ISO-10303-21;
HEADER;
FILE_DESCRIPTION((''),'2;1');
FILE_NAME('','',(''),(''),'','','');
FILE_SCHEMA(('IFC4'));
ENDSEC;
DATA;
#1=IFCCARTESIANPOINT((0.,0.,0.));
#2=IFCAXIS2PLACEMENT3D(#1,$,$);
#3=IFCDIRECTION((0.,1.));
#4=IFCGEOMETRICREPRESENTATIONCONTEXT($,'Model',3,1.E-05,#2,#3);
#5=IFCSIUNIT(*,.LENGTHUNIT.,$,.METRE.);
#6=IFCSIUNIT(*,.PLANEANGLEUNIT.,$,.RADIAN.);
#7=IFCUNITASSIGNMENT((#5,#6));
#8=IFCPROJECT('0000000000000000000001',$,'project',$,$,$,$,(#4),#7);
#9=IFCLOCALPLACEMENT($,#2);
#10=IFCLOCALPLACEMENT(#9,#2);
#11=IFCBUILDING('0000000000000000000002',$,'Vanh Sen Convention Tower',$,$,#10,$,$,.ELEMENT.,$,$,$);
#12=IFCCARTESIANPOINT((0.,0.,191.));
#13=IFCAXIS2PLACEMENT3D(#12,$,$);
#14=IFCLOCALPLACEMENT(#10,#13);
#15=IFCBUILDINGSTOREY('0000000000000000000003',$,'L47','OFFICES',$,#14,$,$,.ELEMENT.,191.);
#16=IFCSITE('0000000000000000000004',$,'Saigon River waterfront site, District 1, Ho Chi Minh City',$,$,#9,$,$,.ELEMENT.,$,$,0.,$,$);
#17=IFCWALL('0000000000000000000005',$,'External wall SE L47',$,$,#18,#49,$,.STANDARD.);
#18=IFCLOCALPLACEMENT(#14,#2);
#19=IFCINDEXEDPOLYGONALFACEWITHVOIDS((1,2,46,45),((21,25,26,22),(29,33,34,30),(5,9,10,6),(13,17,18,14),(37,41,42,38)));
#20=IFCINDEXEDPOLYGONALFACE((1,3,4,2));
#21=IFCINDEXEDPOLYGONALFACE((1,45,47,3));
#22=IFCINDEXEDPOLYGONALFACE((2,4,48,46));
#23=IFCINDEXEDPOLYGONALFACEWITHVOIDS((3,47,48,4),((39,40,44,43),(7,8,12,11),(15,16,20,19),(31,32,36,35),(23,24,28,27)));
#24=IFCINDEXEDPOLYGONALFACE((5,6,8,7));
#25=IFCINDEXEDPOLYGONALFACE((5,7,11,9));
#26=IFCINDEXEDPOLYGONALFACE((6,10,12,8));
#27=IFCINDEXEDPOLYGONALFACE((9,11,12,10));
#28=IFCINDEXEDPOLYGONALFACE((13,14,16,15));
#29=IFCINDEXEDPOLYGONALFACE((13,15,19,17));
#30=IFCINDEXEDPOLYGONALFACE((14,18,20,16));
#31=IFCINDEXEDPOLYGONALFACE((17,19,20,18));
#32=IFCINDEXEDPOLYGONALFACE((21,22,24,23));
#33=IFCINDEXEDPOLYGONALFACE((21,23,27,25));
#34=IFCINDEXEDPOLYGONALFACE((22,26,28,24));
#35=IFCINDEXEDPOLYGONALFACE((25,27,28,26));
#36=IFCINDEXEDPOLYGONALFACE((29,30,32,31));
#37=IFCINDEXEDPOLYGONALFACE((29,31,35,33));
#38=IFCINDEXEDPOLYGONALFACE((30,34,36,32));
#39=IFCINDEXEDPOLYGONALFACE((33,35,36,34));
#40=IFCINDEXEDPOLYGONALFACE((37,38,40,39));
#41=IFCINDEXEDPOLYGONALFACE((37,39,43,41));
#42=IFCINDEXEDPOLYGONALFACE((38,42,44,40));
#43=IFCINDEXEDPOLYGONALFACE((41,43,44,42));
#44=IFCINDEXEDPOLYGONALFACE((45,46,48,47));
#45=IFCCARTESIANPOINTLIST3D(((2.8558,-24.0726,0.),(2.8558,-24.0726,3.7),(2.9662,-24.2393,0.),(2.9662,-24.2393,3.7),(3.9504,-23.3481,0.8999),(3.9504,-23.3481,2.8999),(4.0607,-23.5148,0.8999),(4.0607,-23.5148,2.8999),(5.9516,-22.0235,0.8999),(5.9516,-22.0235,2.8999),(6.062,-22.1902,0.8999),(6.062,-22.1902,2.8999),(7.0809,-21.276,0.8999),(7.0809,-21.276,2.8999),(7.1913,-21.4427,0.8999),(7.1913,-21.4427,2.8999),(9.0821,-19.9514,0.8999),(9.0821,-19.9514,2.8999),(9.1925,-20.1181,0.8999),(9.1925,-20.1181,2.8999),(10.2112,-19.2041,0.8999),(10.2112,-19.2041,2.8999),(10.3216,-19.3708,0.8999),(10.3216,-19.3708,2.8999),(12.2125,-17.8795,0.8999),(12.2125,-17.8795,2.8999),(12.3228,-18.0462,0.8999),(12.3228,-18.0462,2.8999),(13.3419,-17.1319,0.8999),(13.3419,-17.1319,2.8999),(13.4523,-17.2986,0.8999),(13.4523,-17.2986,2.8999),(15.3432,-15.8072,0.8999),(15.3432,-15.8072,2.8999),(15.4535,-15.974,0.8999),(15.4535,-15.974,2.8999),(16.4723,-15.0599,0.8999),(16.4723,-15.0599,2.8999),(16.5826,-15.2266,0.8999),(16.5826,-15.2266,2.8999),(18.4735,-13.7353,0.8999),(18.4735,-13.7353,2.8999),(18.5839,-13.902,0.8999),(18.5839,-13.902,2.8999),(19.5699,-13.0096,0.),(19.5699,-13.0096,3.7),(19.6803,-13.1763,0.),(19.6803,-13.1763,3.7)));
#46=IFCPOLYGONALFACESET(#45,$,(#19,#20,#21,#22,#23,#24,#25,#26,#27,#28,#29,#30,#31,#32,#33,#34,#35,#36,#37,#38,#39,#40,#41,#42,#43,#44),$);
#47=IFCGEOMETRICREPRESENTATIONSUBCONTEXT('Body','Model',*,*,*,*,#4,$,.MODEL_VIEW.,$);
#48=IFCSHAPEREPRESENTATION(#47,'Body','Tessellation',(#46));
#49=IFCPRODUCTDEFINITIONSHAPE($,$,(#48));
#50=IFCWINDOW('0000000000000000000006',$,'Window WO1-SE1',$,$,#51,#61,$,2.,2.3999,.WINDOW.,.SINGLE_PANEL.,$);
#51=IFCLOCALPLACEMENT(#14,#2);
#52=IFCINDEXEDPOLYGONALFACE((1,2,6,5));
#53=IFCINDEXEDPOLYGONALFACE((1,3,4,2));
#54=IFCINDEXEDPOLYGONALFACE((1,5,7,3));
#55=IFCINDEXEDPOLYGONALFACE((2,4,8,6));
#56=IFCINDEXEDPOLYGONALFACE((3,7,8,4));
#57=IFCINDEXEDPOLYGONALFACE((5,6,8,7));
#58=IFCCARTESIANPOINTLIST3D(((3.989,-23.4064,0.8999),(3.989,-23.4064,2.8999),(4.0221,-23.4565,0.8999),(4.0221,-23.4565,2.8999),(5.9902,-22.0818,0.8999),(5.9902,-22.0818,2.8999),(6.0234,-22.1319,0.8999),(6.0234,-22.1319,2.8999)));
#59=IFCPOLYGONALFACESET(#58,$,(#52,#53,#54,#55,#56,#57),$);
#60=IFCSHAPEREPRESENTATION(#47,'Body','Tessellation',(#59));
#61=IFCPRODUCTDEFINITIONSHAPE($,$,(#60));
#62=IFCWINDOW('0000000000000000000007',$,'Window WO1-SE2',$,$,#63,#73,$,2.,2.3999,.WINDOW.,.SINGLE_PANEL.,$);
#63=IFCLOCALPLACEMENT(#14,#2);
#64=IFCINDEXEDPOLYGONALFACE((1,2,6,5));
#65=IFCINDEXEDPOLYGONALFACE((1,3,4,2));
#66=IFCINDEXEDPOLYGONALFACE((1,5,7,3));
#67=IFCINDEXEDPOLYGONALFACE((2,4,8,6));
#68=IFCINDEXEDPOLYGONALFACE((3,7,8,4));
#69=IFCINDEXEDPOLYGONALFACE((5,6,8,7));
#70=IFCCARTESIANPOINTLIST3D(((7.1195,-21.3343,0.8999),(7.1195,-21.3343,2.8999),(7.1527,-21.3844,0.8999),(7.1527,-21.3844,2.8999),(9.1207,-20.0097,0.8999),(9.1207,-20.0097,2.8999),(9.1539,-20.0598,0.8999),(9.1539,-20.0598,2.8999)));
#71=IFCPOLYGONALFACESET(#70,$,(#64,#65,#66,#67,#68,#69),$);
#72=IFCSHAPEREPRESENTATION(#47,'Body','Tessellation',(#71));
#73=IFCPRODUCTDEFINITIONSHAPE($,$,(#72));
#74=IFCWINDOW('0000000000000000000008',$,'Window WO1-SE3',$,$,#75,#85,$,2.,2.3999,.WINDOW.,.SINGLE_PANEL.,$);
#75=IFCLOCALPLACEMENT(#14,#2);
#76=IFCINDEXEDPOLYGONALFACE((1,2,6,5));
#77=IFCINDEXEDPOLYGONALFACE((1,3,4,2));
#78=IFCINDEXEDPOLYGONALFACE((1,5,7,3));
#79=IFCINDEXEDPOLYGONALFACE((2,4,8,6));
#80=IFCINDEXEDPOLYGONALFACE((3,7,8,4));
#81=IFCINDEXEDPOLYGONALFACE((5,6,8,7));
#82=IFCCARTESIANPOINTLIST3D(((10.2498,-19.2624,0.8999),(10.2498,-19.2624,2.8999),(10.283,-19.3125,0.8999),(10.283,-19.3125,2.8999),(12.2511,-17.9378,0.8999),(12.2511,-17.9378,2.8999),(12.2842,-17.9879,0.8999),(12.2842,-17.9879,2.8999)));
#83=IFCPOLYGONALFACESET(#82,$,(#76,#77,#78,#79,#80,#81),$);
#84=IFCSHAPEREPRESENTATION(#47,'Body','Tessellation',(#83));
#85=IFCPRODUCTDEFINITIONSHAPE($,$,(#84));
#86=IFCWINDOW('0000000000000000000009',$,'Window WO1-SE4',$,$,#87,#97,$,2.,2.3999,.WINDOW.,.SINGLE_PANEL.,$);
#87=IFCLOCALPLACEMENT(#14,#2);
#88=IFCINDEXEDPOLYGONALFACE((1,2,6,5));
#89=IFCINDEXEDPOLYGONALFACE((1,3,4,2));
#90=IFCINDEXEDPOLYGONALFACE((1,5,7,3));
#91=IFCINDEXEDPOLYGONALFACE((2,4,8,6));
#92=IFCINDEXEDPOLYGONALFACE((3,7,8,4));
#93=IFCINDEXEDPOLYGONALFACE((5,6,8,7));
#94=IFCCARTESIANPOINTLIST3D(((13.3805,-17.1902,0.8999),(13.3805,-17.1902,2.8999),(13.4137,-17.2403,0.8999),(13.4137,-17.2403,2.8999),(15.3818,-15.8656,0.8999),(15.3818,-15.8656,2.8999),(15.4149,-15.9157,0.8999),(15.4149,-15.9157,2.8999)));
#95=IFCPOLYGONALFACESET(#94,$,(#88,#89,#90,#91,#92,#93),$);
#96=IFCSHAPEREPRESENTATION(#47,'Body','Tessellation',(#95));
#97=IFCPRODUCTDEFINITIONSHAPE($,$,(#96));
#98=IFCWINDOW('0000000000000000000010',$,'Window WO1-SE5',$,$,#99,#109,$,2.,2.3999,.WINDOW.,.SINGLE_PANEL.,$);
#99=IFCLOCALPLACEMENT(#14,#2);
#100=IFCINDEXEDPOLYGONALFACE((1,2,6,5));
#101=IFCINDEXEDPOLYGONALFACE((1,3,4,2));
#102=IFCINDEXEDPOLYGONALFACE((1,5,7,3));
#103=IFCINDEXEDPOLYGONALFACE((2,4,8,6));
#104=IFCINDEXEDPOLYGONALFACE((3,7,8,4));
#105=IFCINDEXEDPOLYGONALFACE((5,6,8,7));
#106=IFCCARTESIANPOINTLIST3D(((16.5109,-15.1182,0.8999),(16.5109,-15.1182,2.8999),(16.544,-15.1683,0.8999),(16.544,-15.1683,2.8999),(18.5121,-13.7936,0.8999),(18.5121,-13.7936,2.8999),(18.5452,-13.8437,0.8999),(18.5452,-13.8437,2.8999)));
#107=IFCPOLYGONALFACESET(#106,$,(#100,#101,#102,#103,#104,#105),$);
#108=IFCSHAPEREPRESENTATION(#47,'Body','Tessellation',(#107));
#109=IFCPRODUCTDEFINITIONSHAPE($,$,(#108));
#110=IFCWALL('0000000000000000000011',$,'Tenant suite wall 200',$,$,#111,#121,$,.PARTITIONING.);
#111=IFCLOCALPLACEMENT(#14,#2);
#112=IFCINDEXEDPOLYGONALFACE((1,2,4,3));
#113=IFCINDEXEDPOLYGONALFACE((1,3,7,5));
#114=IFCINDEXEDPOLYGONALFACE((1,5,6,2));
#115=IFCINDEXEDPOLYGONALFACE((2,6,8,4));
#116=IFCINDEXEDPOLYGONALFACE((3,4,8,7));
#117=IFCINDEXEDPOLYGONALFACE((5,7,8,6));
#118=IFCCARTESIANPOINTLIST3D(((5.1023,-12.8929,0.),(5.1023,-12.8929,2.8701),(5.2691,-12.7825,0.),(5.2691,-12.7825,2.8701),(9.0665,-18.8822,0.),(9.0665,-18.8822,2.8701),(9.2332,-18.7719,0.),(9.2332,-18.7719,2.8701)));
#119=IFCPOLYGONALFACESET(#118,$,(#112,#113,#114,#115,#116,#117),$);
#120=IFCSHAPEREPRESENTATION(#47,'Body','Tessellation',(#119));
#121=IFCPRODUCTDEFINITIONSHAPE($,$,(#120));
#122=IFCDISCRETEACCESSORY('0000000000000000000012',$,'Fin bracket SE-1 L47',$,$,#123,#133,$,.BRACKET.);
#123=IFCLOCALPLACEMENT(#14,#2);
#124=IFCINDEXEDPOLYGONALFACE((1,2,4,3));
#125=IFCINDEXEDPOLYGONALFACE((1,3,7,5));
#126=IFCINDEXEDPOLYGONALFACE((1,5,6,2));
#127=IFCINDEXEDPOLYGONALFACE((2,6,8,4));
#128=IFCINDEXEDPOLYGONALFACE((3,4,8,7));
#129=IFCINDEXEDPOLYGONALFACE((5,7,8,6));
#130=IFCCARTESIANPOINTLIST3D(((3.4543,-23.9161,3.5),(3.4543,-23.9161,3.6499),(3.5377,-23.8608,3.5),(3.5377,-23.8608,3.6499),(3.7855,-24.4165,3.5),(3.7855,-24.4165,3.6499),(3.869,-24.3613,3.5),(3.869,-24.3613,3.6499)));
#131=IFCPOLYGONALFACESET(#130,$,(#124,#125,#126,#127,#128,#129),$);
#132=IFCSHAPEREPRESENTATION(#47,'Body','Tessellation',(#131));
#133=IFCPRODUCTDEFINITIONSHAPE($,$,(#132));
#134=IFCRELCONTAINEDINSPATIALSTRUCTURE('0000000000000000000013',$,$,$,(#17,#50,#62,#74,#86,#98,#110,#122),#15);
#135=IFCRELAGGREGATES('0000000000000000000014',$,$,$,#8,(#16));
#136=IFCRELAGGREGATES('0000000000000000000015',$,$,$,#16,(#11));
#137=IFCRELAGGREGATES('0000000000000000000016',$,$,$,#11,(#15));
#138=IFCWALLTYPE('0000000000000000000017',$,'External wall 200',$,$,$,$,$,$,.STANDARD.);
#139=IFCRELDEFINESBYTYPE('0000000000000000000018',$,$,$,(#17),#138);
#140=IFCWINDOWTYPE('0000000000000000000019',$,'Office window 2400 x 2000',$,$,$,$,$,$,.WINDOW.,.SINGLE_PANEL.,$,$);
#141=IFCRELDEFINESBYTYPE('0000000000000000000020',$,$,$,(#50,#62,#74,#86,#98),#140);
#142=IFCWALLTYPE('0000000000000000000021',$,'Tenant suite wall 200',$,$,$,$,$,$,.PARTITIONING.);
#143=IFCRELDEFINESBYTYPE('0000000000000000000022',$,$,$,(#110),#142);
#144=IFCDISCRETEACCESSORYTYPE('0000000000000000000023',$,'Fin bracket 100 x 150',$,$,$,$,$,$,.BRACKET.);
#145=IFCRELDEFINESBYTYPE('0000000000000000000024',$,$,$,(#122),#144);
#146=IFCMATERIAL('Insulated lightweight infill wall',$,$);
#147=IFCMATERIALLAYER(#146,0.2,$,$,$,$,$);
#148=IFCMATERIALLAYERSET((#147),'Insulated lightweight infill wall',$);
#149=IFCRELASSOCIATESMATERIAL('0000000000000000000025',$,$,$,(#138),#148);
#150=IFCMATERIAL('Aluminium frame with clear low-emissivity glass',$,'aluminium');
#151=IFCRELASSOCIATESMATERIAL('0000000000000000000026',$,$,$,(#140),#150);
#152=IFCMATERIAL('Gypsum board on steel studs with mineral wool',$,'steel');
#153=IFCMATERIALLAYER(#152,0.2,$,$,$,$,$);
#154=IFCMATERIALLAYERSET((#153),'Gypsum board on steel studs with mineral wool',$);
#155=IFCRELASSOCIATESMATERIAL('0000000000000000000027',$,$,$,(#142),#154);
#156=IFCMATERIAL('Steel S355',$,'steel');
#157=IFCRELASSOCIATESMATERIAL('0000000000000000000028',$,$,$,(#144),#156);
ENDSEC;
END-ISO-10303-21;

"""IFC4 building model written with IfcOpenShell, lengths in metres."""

from ifc_helpers import new_model, si_unit, direction, frame, frame_2d, origin, origin_2d, place, context, subcontext, project, spatial, rectangle, extrude, material, layer, layer_set, type_object, element, fill, save


model = new_model("IFC4")

# Units and contexts
model_context = context("Model", 3, precision=1e-05, world=origin(), true_north=direction((0.0, 1.0)))
body_context = subcontext(model_context, "Body", "Model", "MODEL_VIEW")
ifc_project = project(units=[si_unit("LENGTHUNIT", "METRE"), si_unit("PLANEANGLEUNIT", "RADIAN")], contexts=[model_context])

# Site, building, storey
site_placement = place(None, origin())
site = spatial("IfcSite", under=ifc_project, at=site_placement, Name="Saigon River waterfront site, District 1, Ho Chi Minh City", CompositionType="ELEMENT", RefElevation=0.0)
building_placement = place(site_placement, origin())
building = spatial("IfcBuilding", under=site, at=building_placement, Name="Vanh Sen Convention Tower", CompositionType="ELEMENT")
storey_placement = place(building_placement, frame((0.0, 0.0, 191.0)))
storey = spatial("IfcBuildingStorey", under=building, at=storey_placement, Name="L47", Description="OFFICES", CompositionType="ELEMENT", Elevation=191.0)

# Shared definitions
ifc_material_1 = material(Name="Gypsum board on steel studs with mineral wool", Category="steel")

# Wall, openings, windows
ifc_material_2 = material(Name="Insulated lightweight infill wall")
ifc_layer_1 = layer(ifc_material_2, 0.2)
ifc_layer_set_1 = layer_set([ifc_layer_1], Name="Insulated lightweight infill wall")
wall_type_1 = type_object("IfcWallType", Name="External wall 200", PredefinedType="STANDARD", material=ifc_layer_set_1)
wall_1_placement = place(storey_placement, frame((2.9109, -24.156, 0.0), z_axis=(0.0, 0.0, 1.0), x_axis=(0.833882, 0.551943, 0.0)))
wall_1 = element("IfcWall", 1, at=wall_1_placement, inside=storey, type_object=wall_type_1, Name="External wall SE L47", PredefinedType="STANDARD", context=body_context, shape_type="SweptSolid", body=[
    extrude(rectangle(XDim=20.0437, YDim=0.2, at=frame_2d((10.022, 0.0))), origin(), (0.0, 0.0, 1.0), 3.7),
])
opening_1_placement = place(wall_1_placement, frame((1.3127, 0.0, 0.8999)))
opening_1 = element("IfcOpeningElement", 2, at=opening_1_placement, cuts=wall_1, PredefinedType="OPENING", context=body_context, shape_type="SweptSolid", body=[
    extrude(rectangle(XDim=2.3999, YDim=2.0, at=frame_2d((1.2, 1.0))), frame((0.0, 0.1099, 0.0), z_axis=(0.0, -1.0, 0.0), x_axis=(1.0, 0.0, 0.0)), (0.0, 0.0, 1.0), 0.22),
])
opening_2_placement = place(wall_1_placement, frame((5.0669, 0.0, 0.8999)))
opening_2 = element("IfcOpeningElement", 3, at=opening_2_placement, cuts=wall_1, PredefinedType="OPENING", context=body_context, shape_type="SweptSolid", body=[
    extrude(rectangle(XDim=2.3999, YDim=2.0, at=frame_2d((1.2, 1.0))), frame((0.0, 0.1099, 0.0), z_axis=(0.0, -1.0, 0.0), x_axis=(1.0, 0.0, 0.0)), (0.0, 0.0, 1.0), 0.22),
])
opening_3_placement = place(wall_1_placement, frame((8.8208, 0.0, 0.8999)))
opening_3 = element("IfcOpeningElement", 4, at=opening_3_placement, cuts=wall_1, PredefinedType="OPENING", context=body_context, shape_type="SweptSolid", body=[
    extrude(rectangle(XDim=2.3999, YDim=2.0, at=frame_2d((1.2, 1.0))), frame((0.0, 0.1099, 0.0), z_axis=(0.0, -1.0, 0.0), x_axis=(1.0, 0.0, 0.0)), (0.0, 0.0, 1.0), 0.22),
])
opening_4_placement = place(wall_1_placement, frame((12.5752, 0.0, 0.8999)))
opening_4 = element("IfcOpeningElement", 5, at=opening_4_placement, cuts=wall_1, PredefinedType="OPENING", context=body_context, shape_type="SweptSolid", body=[
    extrude(rectangle(XDim=2.3999, YDim=2.0, at=frame_2d((1.2, 1.0))), frame((0.0, 0.1099, 0.0), z_axis=(0.0, -1.0, 0.0), x_axis=(1.0, 0.0, 0.0)), (0.0, 0.0, 1.0), 0.22),
])
opening_5_placement = place(wall_1_placement, frame((16.3291, 0.0, 0.8999)))
opening_5 = element("IfcOpeningElement", 6, at=opening_5_placement, cuts=wall_1, PredefinedType="OPENING", context=body_context, shape_type="SweptSolid", body=[
    extrude(rectangle(XDim=2.3999, YDim=2.0, at=frame_2d((1.2, 1.0))), frame((0.0, 0.1099, 0.0), z_axis=(0.0, -1.0, 0.0), x_axis=(1.0, 0.0, 0.0)), (0.0, 0.0, 1.0), 0.22),
])
ifc_material_3 = material(Name="Aluminium frame with clear low-emissivity glass", Category="aluminium")
window_type = type_object("IfcWindowType", Name="Office window 2400 x 2000", PartitioningType="SINGLE_PANEL", PredefinedType="WINDOW", material=ifc_material_3)
window_1_placement = place(opening_1_placement, origin())
window_1 = element("IfcWindow", 7, at=window_1_placement, inside=storey, type_object=window_type, Name="Window WO1-SE1", OverallHeight=2.0, OverallWidth=2.3999, PartitioningType="SINGLE_PANEL", PredefinedType="WINDOW", context=body_context, shape_type="SweptSolid", body=[
    extrude(rectangle(XDim=2.3999, YDim=2.0, at=frame_2d((1.2, 1.0))), frame((0.0, 0.03, 0.0), z_axis=(0.0, -1.0, 0.0), x_axis=(1.0, 0.0, 0.0)), (0.0, 0.0, 1.0), 0.0601),
])
fill(opening_1, window_1)
window_2_placement = place(opening_2_placement, origin())
window_2 = element("IfcWindow", 8, at=window_2_placement, inside=storey, type_object=window_type, Name="Window WO1-SE2", OverallHeight=2.0, OverallWidth=2.3999, PartitioningType="SINGLE_PANEL", PredefinedType="WINDOW", context=body_context, shape_type="SweptSolid", body=[
    extrude(rectangle(XDim=2.3999, YDim=2.0, at=frame_2d((1.2, 1.0))), frame((0.0, 0.03, 0.0), z_axis=(0.0, -1.0, 0.0), x_axis=(1.0, 0.0, 0.0)), (0.0, 0.0, 1.0), 0.0601),
])
fill(opening_2, window_2)
window_3_placement = place(opening_3_placement, origin())
window_3 = element("IfcWindow", 9, at=window_3_placement, inside=storey, type_object=window_type, Name="Window WO1-SE3", OverallHeight=2.0, OverallWidth=2.3999, PartitioningType="SINGLE_PANEL", PredefinedType="WINDOW", context=body_context, shape_type="SweptSolid", body=[
    extrude(rectangle(XDim=2.3999, YDim=2.0, at=frame_2d((1.2, 1.0))), frame((0.0, 0.03, 0.0), z_axis=(0.0, -1.0, 0.0), x_axis=(1.0, 0.0, 0.0)), (0.0, 0.0, 1.0), 0.0601),
])
fill(opening_3, window_3)
window_4_placement = place(opening_4_placement, origin())
window_4 = element("IfcWindow", 10, at=window_4_placement, inside=storey, type_object=window_type, Name="Window WO1-SE4", OverallHeight=2.0, OverallWidth=2.3999, PartitioningType="SINGLE_PANEL", PredefinedType="WINDOW", context=body_context, shape_type="SweptSolid", body=[
    extrude(rectangle(XDim=2.3999, YDim=2.0, at=frame_2d((1.2, 1.0))), frame((0.0, 0.03, 0.0), z_axis=(0.0, -1.0, 0.0), x_axis=(1.0, 0.0, 0.0)), (0.0, 0.0, 1.0), 0.0601),
])
fill(opening_4, window_4)
window_5_placement = place(opening_5_placement, origin())
window_5 = element("IfcWindow", 11, at=window_5_placement, inside=storey, type_object=window_type, Name="Window WO1-SE5", OverallHeight=2.0, OverallWidth=2.3999, PartitioningType="SINGLE_PANEL", PredefinedType="WINDOW", context=body_context, shape_type="SweptSolid", body=[
    extrude(rectangle(XDim=2.3999, YDim=2.0, at=frame_2d((1.2, 1.0))), frame((0.0, 0.03, 0.0), z_axis=(0.0, -1.0, 0.0), x_axis=(1.0, 0.0, 0.0)), (0.0, 0.0, 1.0), 0.0601),
])
fill(opening_5, window_5)

# Wall
ifc_layer_2 = layer(ifc_material_1, 0.2)
ifc_layer_set_2 = layer_set([ifc_layer_2], Name="Gypsum board on steel studs with mineral wool")
wall_type_2 = type_object("IfcWallType", Name="Tenant suite wall 200", PredefinedType="PARTITIONING", material=ifc_layer_set_2)
wall_2_placement = place(storey_placement, frame((9.1499, -18.8271, 0.0), z_axis=(0.0, 0.0, 1.0), x_axis=(-0.551928, 0.833892, 0.0)))
element("IfcWall", 12, at=wall_2_placement, inside=storey, type_object=wall_type_2, Name="Tenant suite wall 200", PredefinedType="PARTITIONING", context=body_context, shape_type="SweptSolid", body=[
    extrude(rectangle(XDim=7.1824, YDim=0.2, at=frame_2d((3.5913, 0.0))), origin(), (0.0, 0.0, 1.0), 2.8701),
])

# Discrete accessory
ifc_material_4 = material(Name="Steel S355", Category="steel")
discrete_accessory_type = type_object("IfcDiscreteAccessoryType", Name="Fin bracket 100 x 150", PredefinedType="BRACKET", material=ifc_material_4)
discrete_accessory_placement = place(storey_placement, frame((3.6616, -24.1387, 3.5), z_axis=(0.0, 0.0, 1.0), x_axis=(0.551937, -0.833886, 0.0)))
element("IfcDiscreteAccessory", 13, at=discrete_accessory_placement, inside=storey, type_object=discrete_accessory_type, Name="Fin bracket SE-1 L47", PredefinedType="BRACKET", context=body_context, shape_type="SweptSolid", body=[
    extrude(rectangle(XDim=0.6001, YDim=0.1001, at=origin_2d()), origin(), (0.0, 0.0, 1.0), 0.1499),
])

save(model, "model.ifc")
